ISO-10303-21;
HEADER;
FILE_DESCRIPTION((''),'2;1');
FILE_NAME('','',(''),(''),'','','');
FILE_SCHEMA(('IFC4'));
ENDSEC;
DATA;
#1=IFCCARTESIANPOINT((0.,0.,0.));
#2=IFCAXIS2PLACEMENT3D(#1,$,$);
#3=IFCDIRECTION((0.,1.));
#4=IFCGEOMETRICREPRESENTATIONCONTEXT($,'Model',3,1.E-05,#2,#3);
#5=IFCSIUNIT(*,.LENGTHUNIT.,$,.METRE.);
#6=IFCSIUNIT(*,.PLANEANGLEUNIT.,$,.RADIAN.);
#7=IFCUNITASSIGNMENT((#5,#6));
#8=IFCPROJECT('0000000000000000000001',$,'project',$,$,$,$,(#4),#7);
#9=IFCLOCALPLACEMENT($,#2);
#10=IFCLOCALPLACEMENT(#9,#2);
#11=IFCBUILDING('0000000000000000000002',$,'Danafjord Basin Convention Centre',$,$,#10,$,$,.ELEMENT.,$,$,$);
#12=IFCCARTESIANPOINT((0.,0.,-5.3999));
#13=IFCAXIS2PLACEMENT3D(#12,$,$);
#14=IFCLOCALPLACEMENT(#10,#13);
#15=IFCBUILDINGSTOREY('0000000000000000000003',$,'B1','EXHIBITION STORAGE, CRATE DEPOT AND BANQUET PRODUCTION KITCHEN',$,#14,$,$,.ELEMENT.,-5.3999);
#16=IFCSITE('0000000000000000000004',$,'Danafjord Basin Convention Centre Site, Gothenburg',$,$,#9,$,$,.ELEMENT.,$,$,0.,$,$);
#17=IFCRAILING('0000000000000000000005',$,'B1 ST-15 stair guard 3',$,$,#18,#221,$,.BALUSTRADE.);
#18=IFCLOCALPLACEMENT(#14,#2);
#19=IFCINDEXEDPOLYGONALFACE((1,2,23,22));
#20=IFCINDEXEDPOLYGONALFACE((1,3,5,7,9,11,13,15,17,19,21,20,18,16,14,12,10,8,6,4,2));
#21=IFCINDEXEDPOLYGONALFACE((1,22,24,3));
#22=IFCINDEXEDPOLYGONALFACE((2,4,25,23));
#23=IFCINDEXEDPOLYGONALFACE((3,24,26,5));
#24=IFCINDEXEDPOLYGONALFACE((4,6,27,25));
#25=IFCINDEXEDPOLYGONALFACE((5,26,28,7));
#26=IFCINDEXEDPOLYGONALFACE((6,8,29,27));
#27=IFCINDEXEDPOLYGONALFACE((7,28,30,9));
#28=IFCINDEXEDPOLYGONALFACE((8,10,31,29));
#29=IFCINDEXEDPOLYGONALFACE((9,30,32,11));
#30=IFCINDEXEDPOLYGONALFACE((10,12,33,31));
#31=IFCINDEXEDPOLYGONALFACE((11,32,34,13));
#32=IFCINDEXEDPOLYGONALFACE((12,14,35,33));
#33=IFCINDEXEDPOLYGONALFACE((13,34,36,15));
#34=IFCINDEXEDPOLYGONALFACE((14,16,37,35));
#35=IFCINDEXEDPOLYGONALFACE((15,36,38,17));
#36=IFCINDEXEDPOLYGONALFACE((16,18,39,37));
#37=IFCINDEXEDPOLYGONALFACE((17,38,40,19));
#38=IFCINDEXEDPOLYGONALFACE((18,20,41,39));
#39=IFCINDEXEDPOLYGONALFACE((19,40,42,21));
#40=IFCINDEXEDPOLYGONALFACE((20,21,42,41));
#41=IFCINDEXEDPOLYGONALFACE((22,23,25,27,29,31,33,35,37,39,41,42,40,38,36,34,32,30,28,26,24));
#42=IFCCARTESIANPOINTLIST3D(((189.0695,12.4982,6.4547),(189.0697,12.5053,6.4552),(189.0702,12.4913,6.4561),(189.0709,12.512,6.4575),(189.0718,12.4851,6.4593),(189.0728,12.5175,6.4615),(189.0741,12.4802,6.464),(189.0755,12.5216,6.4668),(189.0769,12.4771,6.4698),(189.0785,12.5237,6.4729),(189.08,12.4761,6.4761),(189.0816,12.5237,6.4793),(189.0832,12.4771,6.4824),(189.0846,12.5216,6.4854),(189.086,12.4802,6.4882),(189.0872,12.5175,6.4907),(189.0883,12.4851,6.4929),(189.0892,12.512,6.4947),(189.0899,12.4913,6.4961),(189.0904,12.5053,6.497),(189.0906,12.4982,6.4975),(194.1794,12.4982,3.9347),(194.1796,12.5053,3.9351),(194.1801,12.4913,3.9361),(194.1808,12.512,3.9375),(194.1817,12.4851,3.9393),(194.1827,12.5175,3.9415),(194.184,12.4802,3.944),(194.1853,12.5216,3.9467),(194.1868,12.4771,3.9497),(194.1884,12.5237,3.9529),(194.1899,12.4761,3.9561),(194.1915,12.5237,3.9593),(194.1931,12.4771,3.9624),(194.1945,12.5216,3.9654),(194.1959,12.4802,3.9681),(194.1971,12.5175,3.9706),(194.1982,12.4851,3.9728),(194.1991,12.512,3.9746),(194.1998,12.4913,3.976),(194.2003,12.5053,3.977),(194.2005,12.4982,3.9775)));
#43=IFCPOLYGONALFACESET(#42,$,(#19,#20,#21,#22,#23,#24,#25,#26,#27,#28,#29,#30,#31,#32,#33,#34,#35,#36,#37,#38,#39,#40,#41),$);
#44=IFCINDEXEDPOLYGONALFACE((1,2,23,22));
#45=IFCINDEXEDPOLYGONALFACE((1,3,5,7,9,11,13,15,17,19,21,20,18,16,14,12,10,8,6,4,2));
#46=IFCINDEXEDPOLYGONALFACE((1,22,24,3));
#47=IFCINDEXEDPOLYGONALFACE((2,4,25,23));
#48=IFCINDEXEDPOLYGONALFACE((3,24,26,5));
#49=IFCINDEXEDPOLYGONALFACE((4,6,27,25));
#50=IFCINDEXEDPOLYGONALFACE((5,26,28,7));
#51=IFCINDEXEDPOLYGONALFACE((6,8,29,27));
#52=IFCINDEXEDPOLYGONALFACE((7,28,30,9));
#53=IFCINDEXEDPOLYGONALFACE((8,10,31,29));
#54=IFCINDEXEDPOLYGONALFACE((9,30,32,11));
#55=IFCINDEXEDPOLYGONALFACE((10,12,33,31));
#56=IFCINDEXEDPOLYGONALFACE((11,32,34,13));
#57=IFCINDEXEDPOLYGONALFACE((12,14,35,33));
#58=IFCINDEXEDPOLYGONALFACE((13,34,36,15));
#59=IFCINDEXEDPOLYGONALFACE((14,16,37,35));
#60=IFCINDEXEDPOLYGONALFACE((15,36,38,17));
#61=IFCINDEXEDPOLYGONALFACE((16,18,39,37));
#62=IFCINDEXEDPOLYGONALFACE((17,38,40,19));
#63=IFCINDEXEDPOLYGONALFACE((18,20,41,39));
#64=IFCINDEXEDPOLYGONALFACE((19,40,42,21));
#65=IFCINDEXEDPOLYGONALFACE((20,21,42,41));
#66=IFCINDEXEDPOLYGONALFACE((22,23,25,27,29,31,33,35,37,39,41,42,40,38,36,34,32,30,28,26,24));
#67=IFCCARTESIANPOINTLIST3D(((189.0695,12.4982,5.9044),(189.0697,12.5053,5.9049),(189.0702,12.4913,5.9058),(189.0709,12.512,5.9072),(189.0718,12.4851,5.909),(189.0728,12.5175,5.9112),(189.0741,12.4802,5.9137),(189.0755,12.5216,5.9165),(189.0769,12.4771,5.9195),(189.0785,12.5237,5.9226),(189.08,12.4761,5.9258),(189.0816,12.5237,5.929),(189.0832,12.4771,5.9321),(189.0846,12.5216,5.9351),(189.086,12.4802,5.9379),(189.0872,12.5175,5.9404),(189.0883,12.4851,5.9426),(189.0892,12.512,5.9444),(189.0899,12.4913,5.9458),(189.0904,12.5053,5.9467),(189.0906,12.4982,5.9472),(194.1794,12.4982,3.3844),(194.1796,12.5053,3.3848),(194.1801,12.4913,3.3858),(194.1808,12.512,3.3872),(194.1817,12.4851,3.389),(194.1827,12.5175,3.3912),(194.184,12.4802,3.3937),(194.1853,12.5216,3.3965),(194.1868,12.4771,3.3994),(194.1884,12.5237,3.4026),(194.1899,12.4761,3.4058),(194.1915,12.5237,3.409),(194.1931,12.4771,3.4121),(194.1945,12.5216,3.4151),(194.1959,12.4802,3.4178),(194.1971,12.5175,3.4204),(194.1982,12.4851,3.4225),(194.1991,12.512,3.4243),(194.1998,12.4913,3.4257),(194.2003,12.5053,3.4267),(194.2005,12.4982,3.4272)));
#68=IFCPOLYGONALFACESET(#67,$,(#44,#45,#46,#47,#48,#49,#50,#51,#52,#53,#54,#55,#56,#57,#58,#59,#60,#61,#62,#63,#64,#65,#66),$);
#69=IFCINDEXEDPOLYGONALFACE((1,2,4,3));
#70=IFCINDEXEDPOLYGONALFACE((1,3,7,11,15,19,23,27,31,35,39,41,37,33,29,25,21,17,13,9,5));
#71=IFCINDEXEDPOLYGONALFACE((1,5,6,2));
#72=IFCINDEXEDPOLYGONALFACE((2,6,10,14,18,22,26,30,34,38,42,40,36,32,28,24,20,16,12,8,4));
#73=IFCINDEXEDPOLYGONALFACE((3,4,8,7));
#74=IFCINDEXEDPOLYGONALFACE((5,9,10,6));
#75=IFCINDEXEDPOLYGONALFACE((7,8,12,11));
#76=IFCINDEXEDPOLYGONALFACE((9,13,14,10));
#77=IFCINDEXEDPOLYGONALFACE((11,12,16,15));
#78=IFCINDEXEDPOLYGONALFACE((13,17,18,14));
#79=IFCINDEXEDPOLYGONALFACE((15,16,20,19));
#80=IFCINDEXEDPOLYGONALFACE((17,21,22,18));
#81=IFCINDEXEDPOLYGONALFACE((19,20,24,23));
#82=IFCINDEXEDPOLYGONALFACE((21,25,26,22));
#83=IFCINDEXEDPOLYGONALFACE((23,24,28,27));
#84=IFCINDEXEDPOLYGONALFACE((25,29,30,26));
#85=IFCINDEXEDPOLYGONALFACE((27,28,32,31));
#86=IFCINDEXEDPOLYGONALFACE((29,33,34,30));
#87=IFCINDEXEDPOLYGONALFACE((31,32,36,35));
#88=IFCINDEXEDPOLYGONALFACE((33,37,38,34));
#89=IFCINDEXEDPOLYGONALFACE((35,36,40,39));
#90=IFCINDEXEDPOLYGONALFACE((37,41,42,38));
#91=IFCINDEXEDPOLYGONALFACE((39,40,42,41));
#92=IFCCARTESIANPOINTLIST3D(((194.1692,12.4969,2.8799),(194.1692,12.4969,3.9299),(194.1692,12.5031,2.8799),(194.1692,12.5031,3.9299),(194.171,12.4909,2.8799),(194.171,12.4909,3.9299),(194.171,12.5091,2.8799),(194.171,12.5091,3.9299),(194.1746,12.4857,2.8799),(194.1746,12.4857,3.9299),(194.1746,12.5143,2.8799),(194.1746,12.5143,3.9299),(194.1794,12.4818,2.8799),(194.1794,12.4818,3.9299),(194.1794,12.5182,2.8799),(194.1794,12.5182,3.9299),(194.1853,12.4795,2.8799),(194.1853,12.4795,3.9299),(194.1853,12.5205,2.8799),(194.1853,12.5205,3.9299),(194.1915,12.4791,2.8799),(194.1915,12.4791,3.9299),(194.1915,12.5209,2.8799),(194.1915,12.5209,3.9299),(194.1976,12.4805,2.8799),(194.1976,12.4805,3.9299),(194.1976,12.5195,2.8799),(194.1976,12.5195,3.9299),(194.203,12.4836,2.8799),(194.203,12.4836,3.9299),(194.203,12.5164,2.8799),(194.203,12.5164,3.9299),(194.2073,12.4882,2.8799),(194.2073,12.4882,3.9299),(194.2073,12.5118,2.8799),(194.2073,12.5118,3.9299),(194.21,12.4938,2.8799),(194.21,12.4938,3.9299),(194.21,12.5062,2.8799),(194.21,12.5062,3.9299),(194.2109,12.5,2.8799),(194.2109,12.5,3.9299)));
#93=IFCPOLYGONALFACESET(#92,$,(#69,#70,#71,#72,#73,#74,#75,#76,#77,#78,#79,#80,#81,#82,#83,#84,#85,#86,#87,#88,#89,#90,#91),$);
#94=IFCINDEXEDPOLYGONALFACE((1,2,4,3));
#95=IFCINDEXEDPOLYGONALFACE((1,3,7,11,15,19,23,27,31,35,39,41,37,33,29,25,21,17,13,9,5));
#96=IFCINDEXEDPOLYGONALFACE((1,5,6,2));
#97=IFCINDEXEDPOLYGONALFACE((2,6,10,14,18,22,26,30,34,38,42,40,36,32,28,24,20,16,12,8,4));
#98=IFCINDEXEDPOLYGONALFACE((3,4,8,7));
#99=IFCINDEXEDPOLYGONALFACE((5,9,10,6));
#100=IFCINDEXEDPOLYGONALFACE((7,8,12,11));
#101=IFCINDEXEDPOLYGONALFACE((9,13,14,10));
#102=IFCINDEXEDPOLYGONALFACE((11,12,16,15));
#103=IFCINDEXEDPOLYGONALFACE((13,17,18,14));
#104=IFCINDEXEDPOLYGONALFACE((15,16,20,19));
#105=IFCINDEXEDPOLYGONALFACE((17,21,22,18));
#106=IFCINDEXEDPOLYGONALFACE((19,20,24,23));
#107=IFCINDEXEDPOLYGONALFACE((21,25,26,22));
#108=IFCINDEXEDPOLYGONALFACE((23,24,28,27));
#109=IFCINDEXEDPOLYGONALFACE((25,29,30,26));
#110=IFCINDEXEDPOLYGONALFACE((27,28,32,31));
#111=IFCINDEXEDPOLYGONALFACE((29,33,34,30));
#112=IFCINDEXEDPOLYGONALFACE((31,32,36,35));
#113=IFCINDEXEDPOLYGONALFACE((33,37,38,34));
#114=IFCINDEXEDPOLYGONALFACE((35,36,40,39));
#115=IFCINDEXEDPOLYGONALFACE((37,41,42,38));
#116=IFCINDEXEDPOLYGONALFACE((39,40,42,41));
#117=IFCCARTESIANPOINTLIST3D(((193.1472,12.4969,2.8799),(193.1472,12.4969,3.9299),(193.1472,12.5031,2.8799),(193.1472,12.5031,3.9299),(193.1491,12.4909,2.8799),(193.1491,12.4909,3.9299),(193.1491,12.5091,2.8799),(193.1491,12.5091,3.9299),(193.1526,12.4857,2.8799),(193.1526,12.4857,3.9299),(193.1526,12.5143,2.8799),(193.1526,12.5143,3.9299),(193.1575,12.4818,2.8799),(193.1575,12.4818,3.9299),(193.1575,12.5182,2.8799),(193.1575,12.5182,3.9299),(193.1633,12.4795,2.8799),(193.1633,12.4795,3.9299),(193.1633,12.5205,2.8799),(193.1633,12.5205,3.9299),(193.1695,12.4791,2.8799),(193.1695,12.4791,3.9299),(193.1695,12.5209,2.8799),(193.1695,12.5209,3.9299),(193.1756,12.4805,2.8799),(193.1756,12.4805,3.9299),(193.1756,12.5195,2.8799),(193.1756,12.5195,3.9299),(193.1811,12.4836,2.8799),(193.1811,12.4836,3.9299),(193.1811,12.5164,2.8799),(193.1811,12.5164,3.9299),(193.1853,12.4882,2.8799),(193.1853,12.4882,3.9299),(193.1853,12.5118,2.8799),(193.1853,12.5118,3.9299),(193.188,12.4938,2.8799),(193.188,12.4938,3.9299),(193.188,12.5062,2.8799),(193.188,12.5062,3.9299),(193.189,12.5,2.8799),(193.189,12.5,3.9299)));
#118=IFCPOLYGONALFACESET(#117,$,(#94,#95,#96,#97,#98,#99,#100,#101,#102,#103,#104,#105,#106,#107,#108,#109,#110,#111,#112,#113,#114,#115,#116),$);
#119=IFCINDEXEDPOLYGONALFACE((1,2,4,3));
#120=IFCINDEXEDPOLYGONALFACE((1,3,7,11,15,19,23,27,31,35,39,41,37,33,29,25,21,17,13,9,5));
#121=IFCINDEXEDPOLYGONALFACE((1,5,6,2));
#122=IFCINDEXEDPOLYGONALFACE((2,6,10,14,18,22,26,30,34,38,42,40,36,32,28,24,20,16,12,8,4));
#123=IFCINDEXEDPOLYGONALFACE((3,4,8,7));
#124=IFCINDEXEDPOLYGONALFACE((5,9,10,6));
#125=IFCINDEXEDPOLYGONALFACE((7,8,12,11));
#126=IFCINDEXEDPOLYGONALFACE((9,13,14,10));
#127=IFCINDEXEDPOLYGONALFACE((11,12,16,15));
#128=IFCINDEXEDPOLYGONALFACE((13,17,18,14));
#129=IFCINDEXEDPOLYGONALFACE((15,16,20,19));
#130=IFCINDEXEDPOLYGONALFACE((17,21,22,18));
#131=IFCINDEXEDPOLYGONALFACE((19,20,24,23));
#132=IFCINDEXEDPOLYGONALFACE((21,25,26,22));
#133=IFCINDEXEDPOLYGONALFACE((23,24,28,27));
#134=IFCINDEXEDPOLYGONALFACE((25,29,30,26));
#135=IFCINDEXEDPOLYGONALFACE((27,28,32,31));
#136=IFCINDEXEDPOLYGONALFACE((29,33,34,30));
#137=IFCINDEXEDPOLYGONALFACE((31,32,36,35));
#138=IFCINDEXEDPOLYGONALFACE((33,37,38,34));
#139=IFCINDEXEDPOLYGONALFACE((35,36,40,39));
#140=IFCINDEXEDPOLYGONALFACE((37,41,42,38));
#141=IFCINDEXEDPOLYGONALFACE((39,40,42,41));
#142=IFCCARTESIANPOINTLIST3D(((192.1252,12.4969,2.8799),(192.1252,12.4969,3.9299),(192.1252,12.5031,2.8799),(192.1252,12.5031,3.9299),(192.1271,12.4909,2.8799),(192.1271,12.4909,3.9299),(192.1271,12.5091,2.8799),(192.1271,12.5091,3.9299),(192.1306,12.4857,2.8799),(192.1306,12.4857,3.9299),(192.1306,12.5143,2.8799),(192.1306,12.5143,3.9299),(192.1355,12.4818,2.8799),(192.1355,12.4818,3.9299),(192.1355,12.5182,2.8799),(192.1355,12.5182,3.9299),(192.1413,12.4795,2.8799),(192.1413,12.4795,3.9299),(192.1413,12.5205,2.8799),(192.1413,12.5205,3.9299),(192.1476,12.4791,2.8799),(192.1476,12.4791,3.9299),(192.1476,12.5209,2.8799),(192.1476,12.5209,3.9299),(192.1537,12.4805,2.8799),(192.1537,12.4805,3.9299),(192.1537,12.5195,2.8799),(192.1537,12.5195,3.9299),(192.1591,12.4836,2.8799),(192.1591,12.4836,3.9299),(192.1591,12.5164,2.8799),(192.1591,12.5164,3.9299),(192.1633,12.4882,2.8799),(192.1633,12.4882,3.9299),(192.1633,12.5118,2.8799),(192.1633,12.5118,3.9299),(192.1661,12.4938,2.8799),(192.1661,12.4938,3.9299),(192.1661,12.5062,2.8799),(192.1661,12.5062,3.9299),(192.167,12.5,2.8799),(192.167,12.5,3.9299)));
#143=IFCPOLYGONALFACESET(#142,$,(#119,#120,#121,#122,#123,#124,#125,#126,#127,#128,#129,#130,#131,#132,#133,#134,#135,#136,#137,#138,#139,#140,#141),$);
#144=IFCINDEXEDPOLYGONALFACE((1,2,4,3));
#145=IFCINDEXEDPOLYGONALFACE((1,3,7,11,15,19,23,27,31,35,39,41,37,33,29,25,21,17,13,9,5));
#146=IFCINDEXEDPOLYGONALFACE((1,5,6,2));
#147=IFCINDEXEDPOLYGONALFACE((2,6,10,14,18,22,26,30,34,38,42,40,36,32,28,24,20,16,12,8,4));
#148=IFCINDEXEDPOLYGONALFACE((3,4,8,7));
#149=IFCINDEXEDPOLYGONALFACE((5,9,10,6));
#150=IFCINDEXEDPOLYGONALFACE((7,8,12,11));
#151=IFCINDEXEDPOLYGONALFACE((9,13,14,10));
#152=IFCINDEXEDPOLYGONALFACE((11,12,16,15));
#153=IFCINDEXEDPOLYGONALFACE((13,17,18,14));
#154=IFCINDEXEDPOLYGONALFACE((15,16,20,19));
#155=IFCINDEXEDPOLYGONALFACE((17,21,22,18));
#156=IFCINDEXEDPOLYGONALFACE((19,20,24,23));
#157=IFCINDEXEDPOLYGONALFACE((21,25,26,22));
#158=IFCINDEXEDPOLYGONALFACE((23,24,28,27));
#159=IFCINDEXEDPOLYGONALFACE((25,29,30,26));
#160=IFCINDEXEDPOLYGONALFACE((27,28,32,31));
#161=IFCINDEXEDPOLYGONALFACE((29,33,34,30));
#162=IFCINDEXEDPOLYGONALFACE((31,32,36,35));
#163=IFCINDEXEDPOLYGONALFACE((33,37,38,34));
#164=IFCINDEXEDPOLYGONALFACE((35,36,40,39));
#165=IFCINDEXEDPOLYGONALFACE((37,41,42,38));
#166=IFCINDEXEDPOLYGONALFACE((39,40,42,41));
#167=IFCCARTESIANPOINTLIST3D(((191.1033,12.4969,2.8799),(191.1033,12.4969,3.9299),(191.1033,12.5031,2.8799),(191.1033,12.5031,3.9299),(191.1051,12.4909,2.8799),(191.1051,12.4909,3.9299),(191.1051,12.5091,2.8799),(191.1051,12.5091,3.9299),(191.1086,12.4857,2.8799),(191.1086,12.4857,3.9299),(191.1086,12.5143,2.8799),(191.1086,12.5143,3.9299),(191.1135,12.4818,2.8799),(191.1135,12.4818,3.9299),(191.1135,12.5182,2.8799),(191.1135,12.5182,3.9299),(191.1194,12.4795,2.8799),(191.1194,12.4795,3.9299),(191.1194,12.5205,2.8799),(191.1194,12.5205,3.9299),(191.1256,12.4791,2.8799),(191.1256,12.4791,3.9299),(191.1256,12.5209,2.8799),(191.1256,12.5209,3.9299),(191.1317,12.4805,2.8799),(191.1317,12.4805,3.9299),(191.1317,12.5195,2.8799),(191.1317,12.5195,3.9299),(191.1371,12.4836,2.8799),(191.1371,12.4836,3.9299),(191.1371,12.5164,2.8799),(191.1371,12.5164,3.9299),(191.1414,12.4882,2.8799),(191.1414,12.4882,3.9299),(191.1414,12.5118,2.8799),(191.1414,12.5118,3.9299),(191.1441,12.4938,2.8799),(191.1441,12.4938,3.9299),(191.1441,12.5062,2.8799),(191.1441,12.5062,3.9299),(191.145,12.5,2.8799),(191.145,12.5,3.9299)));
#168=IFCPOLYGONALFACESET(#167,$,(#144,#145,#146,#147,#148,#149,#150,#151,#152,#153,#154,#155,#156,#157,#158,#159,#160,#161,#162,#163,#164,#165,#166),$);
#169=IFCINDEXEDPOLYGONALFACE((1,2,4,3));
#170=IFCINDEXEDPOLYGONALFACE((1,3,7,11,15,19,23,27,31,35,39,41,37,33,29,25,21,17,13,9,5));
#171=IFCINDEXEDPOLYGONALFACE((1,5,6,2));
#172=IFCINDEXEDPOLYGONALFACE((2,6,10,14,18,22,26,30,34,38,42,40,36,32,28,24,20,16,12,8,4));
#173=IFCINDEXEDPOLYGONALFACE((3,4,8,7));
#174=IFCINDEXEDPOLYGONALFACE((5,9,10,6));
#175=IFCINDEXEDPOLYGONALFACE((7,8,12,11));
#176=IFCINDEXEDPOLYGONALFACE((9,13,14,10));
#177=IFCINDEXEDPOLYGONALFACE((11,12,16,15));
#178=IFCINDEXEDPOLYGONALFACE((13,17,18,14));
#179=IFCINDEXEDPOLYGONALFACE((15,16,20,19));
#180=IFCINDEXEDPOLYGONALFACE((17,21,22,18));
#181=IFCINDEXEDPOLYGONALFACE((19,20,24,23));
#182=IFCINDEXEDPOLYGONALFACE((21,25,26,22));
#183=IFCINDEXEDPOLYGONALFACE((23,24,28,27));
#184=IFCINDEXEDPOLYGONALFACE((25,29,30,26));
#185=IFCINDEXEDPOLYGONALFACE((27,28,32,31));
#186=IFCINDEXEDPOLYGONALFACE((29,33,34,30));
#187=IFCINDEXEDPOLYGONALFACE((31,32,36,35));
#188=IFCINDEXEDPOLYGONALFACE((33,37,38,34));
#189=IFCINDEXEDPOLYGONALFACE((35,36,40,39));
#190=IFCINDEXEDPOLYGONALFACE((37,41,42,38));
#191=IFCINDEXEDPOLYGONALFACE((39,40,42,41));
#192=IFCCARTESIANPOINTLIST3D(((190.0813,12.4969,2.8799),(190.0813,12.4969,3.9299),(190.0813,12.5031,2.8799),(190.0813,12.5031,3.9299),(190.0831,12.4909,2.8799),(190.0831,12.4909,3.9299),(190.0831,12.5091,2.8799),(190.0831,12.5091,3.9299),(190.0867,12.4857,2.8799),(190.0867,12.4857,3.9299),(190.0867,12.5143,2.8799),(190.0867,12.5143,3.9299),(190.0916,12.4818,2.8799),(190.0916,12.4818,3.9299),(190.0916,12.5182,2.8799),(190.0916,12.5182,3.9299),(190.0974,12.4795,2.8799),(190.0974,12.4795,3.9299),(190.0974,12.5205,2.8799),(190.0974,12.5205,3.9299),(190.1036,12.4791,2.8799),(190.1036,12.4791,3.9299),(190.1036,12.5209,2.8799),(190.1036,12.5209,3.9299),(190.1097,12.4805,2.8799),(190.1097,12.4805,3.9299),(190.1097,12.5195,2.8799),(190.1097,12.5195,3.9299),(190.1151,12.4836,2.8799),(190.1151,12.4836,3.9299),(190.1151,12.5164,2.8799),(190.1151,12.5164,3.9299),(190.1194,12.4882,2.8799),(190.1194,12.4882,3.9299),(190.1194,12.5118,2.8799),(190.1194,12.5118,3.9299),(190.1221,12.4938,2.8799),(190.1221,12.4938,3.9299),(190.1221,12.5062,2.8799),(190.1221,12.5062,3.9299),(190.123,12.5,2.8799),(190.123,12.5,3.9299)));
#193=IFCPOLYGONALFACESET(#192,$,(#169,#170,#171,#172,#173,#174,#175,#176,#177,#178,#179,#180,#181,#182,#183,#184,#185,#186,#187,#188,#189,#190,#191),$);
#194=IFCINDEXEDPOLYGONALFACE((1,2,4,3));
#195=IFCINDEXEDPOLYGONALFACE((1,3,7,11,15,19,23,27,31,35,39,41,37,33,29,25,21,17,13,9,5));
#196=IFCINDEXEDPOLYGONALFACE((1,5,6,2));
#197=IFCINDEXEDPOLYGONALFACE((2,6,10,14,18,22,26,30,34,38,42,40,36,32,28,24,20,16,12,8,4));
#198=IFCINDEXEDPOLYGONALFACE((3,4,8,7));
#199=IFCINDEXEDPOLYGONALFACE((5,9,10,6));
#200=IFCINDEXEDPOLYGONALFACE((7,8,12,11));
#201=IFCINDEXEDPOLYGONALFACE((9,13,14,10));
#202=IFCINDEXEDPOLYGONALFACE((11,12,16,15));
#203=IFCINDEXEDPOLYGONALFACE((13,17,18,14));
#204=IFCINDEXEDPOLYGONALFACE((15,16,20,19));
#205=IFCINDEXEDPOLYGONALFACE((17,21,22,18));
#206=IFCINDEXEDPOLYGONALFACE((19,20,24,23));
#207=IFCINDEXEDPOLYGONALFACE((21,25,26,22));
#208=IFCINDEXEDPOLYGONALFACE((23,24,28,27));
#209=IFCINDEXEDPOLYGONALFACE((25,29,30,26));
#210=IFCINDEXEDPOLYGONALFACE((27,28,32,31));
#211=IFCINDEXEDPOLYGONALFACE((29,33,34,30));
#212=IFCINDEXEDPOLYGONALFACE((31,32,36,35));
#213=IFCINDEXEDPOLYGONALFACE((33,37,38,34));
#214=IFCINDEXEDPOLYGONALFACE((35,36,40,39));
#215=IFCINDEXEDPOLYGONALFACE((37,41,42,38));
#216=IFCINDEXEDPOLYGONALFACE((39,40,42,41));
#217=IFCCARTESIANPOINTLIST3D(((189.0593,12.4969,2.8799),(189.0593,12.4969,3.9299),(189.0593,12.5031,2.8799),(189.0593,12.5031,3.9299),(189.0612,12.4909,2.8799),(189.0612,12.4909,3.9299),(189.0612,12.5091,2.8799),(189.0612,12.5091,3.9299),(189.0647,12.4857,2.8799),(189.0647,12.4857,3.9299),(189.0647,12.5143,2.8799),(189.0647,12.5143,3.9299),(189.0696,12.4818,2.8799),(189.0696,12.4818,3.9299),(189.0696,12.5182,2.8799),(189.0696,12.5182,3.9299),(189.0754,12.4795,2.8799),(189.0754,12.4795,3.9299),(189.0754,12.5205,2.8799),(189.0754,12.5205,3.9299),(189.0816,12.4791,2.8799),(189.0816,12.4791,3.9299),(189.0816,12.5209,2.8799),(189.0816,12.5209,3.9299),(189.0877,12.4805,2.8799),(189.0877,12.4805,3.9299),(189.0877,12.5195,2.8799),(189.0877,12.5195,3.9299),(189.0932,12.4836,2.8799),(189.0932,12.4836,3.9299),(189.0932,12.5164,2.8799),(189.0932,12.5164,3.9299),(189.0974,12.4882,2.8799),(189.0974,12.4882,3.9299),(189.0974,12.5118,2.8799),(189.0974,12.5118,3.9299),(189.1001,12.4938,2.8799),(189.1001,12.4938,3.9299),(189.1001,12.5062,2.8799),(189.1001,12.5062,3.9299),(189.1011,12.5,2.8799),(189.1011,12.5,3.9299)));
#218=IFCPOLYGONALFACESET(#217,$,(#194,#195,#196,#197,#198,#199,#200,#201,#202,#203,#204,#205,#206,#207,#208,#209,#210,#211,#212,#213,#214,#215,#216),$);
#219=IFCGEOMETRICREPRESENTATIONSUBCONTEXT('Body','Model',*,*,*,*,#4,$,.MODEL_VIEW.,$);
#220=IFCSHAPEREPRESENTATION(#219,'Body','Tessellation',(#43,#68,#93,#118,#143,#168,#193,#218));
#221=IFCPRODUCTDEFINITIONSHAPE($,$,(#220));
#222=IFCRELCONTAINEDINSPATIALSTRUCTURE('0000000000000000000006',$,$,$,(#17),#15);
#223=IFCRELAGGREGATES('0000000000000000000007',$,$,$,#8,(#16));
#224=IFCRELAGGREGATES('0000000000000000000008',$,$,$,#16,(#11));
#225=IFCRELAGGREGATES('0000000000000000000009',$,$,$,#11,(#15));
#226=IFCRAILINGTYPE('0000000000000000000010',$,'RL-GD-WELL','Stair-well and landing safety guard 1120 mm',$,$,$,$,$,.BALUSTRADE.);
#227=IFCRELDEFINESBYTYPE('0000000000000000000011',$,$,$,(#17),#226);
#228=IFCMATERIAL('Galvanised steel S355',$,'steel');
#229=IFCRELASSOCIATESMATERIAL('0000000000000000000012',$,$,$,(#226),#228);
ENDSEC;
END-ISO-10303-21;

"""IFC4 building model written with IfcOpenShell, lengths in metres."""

from ifc_helpers import new_model, si_unit, direction, frame, origin, origin_2d, place, context, subcontext, project, spatial, circle, extrude, material, type_object, element, save


model = new_model("IFC4")

# Units and contexts
model_context = context("Model", 3, precision=1e-05, world=origin(), true_north=direction((0.0, 1.0)))
body_context = subcontext(model_context, "Body", "Model", "MODEL_VIEW")
ifc_project = project(units=[si_unit("LENGTHUNIT", "METRE"), si_unit("PLANEANGLEUNIT", "RADIAN")], contexts=[model_context])

# Site, building, storey
site_placement = place(None, origin())
site = spatial("IfcSite", under=ifc_project, at=site_placement, Name="Danafjord Basin Convention Centre Site, Gothenburg", CompositionType="ELEMENT", RefElevation=0.0)
building_placement = place(site_placement, origin())
building = spatial("IfcBuilding", under=site, at=building_placement, Name="Danafjord Basin Convention Centre", CompositionType="ELEMENT")
storey_placement = place(building_placement, frame((0.0, 0.0, -5.3999)))
storey = spatial("IfcBuildingStorey", under=building, at=storey_placement, Name="B1", Description="EXHIBITION STORAGE, CRATE DEPOT AND BANQUET PRODUCTION KITCHEN", CompositionType="ELEMENT", Elevation=-5.3999)

# Railing
ifc_material_1 = material(Name="Galvanised steel S355", Category="steel")
railing_type_1 = type_object("IfcRailingType", Name="RL-GD-WELL", Description="Stair-well and landing safety guard 1120 mm", PredefinedType="BALUSTRADE", material=ifc_material_1)
railing_1_placement = place(storey_placement, frame((194.1899, 12.5, 2.8799)))
element("IfcRailing", 1, at=railing_1_placement, inside=storey, type_object=railing_type_1, Name="B1 ST-15 stair guard 3", PredefinedType="BALUSTRADE", context=body_context, shape_type="SweptSolid", body=[
    extrude(circle(Radius=0.0239, at=origin_2d()), frame((0.0, 0.0, 1.0762), z_axis=(-0.896865, 0.0, 0.442305), x_axis=(0.0, -1.0, 0.0)), (0.0, 0.0, 1.0), 5.6975),
    extrude(circle(Radius=0.0239, at=origin_2d()), frame((0.0, 0.0, 0.5259), z_axis=(-0.896865, 0.0, 0.442305), x_axis=(0.0, -1.0, 0.0)), (0.0, 0.0, 1.0), 5.6975),
    extrude(circle(Radius=0.021, at=origin_2d()), origin(), (0.0, 0.0, 1.0), 1.05),
    extrude(circle(Radius=0.021, at=origin_2d()), frame((-1.022, 0.0, 0.0)), (0.0, 0.0, 1.0), 1.05),
    extrude(circle(Radius=0.021, at=origin_2d()), frame((-2.0439, 0.0, 0.0)), (0.0, 0.0, 1.0), 1.05),
    extrude(circle(Radius=0.021, at=origin_2d()), frame((-3.0659, 0.0, 0.0)), (0.0, 0.0, 1.0), 1.05),
    extrude(circle(Radius=0.021, at=origin_2d()), frame((-4.0879, 0.0, 0.0)), (0.0, 0.0, 1.0), 1.05),
    extrude(circle(Radius=0.021, at=origin_2d()), frame((-5.1099, 0.0, 0.0)), (0.0, 0.0, 1.0), 1.05),
])

save(model, "model.ifc")
